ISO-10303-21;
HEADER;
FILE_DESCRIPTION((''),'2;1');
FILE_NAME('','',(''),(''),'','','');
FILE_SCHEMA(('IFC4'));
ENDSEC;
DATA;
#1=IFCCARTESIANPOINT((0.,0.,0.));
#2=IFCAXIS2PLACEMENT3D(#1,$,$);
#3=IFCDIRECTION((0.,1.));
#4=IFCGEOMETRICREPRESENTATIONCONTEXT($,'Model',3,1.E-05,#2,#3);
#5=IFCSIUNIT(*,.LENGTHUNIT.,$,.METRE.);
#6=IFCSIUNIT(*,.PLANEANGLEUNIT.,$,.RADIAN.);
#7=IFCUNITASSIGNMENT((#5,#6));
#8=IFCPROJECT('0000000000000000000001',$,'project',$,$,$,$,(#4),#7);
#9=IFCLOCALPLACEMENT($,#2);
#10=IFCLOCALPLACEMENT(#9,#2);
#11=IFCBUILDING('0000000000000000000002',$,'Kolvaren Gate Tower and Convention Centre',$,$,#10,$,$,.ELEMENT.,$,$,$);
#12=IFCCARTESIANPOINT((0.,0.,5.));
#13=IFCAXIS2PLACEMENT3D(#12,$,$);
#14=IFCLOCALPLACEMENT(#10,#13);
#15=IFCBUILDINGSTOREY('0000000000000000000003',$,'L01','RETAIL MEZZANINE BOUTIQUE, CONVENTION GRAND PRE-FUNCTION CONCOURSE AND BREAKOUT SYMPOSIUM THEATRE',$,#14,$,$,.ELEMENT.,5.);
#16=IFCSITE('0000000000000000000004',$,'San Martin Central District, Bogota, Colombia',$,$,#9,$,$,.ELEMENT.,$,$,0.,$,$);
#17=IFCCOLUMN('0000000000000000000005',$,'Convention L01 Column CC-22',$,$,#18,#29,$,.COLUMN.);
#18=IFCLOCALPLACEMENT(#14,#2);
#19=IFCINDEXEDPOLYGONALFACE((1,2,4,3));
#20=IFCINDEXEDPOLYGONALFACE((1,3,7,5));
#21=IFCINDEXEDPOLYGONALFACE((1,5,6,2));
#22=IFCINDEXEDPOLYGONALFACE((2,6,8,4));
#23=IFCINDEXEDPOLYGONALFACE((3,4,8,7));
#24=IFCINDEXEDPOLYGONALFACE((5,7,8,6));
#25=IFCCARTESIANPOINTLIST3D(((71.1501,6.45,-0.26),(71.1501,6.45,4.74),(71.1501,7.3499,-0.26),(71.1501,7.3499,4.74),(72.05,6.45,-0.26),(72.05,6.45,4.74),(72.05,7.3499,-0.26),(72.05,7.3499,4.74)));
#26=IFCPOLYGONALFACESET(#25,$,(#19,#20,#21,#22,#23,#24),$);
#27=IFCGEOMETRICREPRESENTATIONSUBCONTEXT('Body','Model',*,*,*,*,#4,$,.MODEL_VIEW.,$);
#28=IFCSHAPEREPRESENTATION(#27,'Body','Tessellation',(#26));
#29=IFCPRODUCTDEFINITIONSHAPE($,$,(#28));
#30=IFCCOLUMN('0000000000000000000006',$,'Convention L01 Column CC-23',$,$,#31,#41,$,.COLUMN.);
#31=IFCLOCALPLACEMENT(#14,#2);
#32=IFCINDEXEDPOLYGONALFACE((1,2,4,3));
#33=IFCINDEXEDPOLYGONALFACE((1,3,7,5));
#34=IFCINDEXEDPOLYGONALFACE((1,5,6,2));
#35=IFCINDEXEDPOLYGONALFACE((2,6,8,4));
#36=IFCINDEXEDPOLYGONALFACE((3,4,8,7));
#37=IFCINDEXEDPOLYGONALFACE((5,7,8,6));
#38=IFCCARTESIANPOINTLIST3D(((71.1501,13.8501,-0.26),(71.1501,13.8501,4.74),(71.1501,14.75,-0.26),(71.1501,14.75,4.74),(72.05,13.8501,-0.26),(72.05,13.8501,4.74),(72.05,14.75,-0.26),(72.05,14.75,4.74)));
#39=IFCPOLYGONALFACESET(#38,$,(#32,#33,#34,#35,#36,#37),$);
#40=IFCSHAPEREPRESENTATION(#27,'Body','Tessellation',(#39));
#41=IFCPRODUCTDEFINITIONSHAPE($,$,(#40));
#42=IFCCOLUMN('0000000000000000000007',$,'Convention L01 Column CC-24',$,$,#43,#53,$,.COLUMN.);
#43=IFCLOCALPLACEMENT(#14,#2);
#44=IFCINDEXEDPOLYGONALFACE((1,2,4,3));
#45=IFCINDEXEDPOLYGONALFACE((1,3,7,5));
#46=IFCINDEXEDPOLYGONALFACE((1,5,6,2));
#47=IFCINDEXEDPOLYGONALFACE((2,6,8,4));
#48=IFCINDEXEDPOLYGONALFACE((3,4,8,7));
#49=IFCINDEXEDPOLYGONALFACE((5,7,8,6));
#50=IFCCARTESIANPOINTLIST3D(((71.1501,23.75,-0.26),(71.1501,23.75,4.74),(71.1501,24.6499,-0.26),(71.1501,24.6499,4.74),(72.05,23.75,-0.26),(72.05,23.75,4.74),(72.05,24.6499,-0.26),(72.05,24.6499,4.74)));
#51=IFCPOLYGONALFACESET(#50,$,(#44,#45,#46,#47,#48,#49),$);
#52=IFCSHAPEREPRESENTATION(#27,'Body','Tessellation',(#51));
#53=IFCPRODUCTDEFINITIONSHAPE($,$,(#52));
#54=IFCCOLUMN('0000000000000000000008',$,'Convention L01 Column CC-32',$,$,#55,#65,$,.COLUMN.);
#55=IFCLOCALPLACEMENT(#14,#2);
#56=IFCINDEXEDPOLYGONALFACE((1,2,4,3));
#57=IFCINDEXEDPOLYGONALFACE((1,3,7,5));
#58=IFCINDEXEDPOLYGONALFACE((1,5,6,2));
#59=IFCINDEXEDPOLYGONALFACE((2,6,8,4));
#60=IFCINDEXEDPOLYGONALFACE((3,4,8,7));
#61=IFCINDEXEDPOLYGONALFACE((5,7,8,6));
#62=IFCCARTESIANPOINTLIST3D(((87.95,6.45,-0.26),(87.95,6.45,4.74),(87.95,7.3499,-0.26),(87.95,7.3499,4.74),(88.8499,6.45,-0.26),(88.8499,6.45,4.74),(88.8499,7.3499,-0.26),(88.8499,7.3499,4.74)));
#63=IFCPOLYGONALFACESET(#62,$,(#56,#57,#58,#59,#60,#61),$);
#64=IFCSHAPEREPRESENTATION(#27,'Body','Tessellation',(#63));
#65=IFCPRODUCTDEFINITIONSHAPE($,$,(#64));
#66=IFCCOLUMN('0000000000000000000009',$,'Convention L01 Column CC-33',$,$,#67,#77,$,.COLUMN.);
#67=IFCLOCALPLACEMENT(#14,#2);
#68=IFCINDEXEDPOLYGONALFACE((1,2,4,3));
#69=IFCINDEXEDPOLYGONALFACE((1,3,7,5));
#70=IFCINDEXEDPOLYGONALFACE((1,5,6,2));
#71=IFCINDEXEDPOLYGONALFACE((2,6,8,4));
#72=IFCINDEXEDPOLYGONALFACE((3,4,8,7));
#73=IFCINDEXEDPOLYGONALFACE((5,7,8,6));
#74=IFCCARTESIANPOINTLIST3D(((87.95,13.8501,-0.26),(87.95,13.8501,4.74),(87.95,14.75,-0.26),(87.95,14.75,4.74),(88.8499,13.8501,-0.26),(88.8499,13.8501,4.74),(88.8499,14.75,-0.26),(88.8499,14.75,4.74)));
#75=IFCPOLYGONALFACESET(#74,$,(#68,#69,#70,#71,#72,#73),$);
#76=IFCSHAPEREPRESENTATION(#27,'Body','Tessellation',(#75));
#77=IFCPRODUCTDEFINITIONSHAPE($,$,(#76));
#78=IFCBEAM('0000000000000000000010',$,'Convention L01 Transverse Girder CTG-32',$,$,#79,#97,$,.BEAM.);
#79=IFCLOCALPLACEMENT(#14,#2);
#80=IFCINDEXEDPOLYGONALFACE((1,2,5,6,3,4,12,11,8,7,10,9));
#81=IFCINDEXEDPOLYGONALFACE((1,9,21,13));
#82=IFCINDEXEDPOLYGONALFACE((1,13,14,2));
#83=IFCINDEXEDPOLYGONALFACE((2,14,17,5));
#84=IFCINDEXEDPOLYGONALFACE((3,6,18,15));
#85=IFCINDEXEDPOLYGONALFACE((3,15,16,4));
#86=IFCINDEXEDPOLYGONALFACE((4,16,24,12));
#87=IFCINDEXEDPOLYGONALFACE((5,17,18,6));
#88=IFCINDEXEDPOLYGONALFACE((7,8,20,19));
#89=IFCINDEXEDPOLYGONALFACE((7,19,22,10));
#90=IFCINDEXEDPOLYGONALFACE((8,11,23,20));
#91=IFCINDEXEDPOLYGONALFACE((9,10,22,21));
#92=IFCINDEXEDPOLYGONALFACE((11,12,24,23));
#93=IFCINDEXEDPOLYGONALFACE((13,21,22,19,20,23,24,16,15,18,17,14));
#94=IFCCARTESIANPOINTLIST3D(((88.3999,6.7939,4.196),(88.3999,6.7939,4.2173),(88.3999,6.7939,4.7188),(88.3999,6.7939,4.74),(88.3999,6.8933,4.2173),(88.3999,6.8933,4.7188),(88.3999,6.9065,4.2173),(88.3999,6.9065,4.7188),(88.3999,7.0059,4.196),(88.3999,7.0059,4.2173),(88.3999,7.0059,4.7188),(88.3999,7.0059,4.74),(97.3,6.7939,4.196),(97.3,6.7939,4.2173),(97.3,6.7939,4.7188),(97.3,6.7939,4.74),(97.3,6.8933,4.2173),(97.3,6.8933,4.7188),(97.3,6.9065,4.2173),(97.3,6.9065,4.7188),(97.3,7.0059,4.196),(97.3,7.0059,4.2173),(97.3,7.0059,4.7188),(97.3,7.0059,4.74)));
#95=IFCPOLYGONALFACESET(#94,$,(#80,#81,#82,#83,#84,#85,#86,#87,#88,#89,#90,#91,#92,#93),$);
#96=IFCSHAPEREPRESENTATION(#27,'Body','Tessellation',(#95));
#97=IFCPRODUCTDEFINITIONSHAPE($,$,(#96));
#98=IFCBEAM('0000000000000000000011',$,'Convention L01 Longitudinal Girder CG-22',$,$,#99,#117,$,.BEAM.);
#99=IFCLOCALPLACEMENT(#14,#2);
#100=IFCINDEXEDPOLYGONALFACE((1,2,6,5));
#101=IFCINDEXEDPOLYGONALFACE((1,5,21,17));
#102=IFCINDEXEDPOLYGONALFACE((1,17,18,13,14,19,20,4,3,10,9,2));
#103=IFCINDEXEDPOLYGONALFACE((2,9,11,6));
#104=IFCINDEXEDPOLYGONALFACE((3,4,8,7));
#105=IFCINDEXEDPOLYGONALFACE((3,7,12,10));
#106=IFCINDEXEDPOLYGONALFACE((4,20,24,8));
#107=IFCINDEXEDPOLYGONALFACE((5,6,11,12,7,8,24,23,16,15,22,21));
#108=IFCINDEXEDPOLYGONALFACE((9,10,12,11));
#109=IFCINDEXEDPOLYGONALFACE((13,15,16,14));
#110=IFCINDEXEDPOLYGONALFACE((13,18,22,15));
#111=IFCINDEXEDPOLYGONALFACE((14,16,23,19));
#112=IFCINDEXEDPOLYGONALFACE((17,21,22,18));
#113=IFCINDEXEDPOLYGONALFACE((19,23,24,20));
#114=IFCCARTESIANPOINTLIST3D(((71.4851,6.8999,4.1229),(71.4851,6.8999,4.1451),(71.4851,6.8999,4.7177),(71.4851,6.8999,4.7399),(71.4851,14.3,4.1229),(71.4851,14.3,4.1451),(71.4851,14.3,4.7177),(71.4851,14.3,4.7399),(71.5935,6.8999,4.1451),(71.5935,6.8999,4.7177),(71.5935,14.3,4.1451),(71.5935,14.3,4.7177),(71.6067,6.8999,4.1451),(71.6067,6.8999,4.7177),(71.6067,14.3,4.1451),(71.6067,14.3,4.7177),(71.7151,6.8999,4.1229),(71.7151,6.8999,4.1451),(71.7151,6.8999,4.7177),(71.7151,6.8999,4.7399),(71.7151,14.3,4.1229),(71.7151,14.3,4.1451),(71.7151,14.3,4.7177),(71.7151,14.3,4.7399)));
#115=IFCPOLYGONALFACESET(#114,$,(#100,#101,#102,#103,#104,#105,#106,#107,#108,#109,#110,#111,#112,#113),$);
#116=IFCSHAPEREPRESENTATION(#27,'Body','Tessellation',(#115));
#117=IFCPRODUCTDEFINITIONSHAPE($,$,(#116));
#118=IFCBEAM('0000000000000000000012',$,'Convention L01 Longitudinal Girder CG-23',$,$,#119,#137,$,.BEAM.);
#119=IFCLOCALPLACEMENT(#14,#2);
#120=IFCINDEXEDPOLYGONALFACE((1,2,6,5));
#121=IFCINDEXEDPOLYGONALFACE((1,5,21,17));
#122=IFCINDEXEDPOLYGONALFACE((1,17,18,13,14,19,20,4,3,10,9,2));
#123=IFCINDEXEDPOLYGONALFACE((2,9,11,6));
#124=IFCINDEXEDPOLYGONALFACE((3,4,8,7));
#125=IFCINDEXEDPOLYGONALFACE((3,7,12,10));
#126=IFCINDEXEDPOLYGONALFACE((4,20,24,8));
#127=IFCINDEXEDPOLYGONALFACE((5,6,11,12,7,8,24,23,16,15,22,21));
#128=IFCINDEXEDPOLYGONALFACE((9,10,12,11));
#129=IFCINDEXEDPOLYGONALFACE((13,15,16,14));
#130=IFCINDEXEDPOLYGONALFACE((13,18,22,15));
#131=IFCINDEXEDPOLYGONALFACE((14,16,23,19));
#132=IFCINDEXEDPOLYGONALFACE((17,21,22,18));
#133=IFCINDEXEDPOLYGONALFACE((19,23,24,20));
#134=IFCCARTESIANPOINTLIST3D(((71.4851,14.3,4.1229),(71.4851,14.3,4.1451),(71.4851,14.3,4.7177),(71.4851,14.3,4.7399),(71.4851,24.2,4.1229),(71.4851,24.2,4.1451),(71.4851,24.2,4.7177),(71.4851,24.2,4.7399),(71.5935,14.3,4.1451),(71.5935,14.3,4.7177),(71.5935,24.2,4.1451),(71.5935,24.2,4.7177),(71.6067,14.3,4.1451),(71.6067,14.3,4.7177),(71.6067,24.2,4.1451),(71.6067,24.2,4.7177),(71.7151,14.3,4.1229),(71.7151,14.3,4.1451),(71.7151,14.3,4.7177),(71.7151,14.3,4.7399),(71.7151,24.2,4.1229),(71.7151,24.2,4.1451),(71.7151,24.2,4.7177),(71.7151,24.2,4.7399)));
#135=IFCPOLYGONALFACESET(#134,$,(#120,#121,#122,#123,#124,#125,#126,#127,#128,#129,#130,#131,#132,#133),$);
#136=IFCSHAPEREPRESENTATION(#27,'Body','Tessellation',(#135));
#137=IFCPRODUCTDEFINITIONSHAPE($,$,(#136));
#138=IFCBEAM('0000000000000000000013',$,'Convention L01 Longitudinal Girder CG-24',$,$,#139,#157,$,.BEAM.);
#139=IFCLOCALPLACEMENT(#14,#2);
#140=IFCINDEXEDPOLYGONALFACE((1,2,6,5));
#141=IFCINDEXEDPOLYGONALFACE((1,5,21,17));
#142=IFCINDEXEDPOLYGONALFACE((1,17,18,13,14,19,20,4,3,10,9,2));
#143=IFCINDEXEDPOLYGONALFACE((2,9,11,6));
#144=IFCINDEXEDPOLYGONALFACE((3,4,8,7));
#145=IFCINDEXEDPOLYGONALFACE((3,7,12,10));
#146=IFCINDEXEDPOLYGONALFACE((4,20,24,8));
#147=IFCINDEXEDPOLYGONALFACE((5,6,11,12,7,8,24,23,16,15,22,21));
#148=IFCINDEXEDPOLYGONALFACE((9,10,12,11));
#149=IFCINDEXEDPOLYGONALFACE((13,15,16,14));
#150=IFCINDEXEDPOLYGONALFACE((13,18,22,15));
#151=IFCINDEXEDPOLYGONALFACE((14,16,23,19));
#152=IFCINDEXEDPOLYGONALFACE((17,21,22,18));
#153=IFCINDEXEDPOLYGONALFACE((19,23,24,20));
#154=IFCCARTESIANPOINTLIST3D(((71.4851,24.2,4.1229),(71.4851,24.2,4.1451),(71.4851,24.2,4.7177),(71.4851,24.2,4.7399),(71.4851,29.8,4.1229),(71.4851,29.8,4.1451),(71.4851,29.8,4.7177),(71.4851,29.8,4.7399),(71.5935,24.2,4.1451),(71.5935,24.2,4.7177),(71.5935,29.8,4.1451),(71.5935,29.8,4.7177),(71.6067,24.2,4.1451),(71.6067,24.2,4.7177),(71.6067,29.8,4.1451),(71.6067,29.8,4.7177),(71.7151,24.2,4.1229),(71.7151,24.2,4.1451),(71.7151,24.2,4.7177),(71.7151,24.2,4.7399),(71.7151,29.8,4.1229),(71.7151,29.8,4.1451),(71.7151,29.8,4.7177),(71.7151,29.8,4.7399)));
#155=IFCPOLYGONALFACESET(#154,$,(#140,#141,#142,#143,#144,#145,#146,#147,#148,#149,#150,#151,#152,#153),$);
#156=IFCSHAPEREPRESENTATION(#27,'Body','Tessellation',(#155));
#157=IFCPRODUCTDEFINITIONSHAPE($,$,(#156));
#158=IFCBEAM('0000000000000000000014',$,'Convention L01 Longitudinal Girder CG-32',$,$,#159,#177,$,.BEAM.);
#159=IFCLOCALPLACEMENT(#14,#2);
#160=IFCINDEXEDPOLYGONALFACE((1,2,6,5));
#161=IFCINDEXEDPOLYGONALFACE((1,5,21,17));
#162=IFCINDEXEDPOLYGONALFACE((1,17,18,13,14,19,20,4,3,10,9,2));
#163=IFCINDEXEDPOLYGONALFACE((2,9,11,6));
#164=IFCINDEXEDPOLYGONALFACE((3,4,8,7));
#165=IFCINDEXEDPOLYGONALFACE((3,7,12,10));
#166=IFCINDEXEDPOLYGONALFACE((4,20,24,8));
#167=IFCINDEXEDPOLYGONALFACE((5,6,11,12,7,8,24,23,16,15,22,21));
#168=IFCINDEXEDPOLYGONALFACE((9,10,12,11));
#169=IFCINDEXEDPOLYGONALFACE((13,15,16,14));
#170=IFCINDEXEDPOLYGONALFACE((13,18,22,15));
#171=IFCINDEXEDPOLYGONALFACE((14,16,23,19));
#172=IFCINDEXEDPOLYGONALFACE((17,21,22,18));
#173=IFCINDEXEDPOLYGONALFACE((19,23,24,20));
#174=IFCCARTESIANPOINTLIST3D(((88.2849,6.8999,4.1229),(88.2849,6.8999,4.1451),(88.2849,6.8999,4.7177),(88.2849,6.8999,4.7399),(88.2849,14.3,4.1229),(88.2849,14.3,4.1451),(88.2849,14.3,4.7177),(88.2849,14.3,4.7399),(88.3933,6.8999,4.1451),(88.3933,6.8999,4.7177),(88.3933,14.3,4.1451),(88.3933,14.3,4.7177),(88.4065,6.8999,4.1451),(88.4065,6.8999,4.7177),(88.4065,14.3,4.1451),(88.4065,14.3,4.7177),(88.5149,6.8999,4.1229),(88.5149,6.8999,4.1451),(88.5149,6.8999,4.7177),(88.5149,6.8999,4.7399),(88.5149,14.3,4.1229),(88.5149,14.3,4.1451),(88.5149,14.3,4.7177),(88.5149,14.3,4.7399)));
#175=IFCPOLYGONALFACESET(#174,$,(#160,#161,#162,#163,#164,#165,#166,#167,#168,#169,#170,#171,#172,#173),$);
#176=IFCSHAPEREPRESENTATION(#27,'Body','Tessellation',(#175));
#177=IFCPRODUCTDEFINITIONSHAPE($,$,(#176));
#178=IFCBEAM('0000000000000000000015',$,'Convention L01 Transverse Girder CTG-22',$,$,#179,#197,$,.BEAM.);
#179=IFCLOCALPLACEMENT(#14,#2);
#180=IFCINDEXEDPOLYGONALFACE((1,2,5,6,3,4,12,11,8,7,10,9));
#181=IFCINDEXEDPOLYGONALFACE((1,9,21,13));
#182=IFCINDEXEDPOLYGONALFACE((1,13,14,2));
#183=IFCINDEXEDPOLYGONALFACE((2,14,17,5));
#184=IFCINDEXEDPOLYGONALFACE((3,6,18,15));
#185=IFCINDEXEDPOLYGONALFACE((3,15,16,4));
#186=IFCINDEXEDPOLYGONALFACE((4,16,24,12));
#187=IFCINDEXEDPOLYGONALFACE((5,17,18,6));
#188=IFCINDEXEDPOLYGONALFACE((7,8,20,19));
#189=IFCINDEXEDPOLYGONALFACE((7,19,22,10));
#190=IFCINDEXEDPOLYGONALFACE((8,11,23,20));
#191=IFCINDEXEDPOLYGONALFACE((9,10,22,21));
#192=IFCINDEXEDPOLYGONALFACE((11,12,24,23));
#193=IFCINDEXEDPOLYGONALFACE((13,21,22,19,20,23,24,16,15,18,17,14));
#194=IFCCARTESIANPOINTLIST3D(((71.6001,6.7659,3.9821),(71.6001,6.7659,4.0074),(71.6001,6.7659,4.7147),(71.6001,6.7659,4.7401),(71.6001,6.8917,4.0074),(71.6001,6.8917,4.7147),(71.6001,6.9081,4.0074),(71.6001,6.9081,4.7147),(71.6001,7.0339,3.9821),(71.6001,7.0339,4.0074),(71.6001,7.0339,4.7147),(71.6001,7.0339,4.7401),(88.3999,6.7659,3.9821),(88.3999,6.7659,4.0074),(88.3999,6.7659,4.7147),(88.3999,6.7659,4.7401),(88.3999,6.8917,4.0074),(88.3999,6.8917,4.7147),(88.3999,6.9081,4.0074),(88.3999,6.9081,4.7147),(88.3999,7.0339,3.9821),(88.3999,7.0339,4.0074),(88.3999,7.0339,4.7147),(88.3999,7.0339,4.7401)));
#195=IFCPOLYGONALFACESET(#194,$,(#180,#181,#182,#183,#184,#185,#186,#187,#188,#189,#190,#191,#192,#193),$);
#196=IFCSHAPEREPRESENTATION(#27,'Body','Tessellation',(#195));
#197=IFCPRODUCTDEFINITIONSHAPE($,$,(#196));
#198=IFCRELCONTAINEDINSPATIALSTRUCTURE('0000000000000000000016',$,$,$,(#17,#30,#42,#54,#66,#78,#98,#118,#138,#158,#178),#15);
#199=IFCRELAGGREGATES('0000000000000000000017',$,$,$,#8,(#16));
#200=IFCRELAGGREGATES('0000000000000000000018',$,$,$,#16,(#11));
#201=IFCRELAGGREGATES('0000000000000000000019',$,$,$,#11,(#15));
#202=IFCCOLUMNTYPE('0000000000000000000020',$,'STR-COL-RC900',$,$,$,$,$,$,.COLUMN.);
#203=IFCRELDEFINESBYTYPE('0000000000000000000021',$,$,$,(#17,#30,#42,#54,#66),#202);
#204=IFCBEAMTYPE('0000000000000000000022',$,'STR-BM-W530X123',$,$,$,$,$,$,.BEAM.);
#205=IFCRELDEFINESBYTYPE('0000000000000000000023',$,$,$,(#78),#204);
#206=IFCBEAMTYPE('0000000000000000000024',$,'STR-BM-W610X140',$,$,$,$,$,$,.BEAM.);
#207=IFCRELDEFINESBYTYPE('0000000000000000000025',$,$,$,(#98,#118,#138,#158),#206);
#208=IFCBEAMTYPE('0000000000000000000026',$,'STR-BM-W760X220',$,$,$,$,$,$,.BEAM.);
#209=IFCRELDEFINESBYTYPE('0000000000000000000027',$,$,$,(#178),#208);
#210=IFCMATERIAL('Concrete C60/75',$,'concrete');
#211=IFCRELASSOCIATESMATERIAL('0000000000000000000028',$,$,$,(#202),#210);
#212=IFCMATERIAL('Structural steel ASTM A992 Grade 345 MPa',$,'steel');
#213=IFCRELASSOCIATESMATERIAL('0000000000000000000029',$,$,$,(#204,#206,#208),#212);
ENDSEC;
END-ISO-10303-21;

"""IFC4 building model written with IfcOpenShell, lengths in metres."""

from ifc_helpers import new_model, si_unit, direction, frame, origin, origin_2d, place, context, subcontext, project, spatial, rectangle, i_section, extrude, material, material_profile, profile_set, type_object, element, save


model = new_model("IFC4")

# Units and contexts
model_context = context("Model", 3, precision=1e-05, world=origin(), true_north=direction((0.0, 1.0)))
body_context = subcontext(model_context, "Body", "Model", "MODEL_VIEW")
ifc_project = project(units=[si_unit("LENGTHUNIT", "METRE"), si_unit("PLANEANGLEUNIT", "RADIAN")], contexts=[model_context])

# Site, building, storey
site_placement = place(None, origin())
site = spatial("IfcSite", under=ifc_project, at=site_placement, Name="San Martin Central District, Bogota, Colombia", CompositionType="ELEMENT", RefElevation=0.0)
building_placement = place(site_placement, origin())
building = spatial("IfcBuilding", under=site, at=building_placement, Name="Kolvaren Gate Tower and Convention Centre", CompositionType="ELEMENT")
storey_placement = place(building_placement, frame((0.0, 0.0, 5.0)))
storey = spatial("IfcBuildingStorey", under=building, at=storey_placement, Name="L01", Description="RETAIL MEZZANINE BOUTIQUE, CONVENTION GRAND PRE-FUNCTION CONCOURSE AND BREAKOUT SYMPOSIUM THEATRE", CompositionType="ELEMENT", Elevation=5.0)

# Columns
ifc_material_1 = material(Name="Concrete C60/75", Category="concrete")
ifc_material_profile_1 = material_profile(ifc_material_1, rectangle(XDim=0.8999, YDim=0.8999, at=origin_2d()), Name="RC-COL-900X900")
ifc_profile_set_1 = profile_set([ifc_material_profile_1], Name="Concrete C60/75")
column_type = type_object("IfcColumnType", Name="STR-COL-RC900", PredefinedType="COLUMN", material=ifc_profile_set_1)
for number, where, z_axis, x_axis, name in (
    (1, (71.6001, 6.8999, -0.26), (0.0, 0.0, 1.0), (1.0, 0.0, 0.0), "Convention L01 Column CC-22"),
    (2, (71.6001, 14.3, -0.26), (0.0, 0.0, 1.0), (1.0, 0.0, 0.0), "Convention L01 Column CC-23"),
    (3, (71.6001, 24.2, -0.26), (0.0, 0.0, 1.0), (1.0, 0.0, 0.0), "Convention L01 Column CC-24"),
    (4, (88.3999, 6.8999, -0.26), (0.0, 0.0, 1.0), (1.0, 0.0, 0.0), "Convention L01 Column CC-32"),
    (5, (88.3999, 14.3, -0.26), (0.0, 0.0, 1.0), (1.0, 0.0, 0.0), "Convention L01 Column CC-33"),
):
    element("IfcColumn", number, at=place(storey_placement, frame(where, z_axis=z_axis, x_axis=x_axis)), inside=storey, type_object=column_type, Name=name, PredefinedType="COLUMN", context=body_context, shape_type="SweptSolid", body=[
        extrude(rectangle(XDim=0.8999, YDim=0.8999, at=origin_2d()), origin(), (0.0, 0.0, 1.0), 5.0),
    ])

# Beams
ifc_material_2 = material(Name="Structural steel ASTM A992 Grade 345 MPa", Category="steel")
ifc_material_profile_2 = material_profile(ifc_material_2, i_section(OverallWidth=0.2119, OverallDepth=0.5439, WebThickness=0.0132, FlangeThickness=0.0212, at=origin_2d()), Name="W530X123")
ifc_profile_set_2 = profile_set([ifc_material_profile_2], Name="Structural steel ASTM A992 Grade 345 MPa")
beam_type_1 = type_object("IfcBeamType", Name="STR-BM-W530X123", PredefinedType="BEAM", material=ifc_profile_set_2)
beam_1_placement = place(storey_placement, frame((88.3999, 6.8999, 4.468), z_axis=(1.0, 0.0, 0.0), x_axis=(0.0, 1.0, 0.0)))
element("IfcBeam", 6, at=beam_1_placement, inside=storey, type_object=beam_type_1, Name="Convention L01 Transverse Girder CTG-32", PredefinedType="BEAM", context=body_context, shape_type="SweptSolid", body=[
    extrude(i_section(OverallWidth=0.2119, OverallDepth=0.5439, WebThickness=0.0132, FlangeThickness=0.0212, at=origin_2d()), origin(), (0.0, 0.0, 1.0), 8.9001),
])
ifc_material_profile_3 = material_profile(ifc_material_2, i_section(OverallWidth=0.23, OverallDepth=0.6169, WebThickness=0.0132, FlangeThickness=0.0222, at=origin_2d()), Name="W610X140")
ifc_profile_set_3 = profile_set([ifc_material_profile_3], Name="Structural steel ASTM A992 Grade 345 MPa")
beam_type_2 = type_object("IfcBeamType", Name="STR-BM-W610X140", PredefinedType="BEAM", material=ifc_profile_set_3)
beam_2_placement = place(storey_placement, frame((71.6001, 6.8999, 4.4314), z_axis=(0.0, 1.0, 0.0), x_axis=(-1.0, 0.0, 0.0)))
element("IfcBeam", 7, at=beam_2_placement, inside=storey, type_object=beam_type_2, Name="Convention L01 Longitudinal Girder CG-22", PredefinedType="BEAM", context=body_context, shape_type="SweptSolid", body=[
    extrude(i_section(OverallWidth=0.23, OverallDepth=0.6169, WebThickness=0.0132, FlangeThickness=0.0222, at=origin_2d()), origin(), (0.0, 0.0, 1.0), 7.4001),
])
beam_3_placement = place(storey_placement, frame((71.6001, 14.3, 4.4314), z_axis=(0.0, 1.0, 0.0), x_axis=(-1.0, 0.0, 0.0)))
element("IfcBeam", 8, at=beam_3_placement, inside=storey, type_object=beam_type_2, Name="Convention L01 Longitudinal Girder CG-23", PredefinedType="BEAM", context=body_context, shape_type="SweptSolid", body=[
    extrude(i_section(OverallWidth=0.23, OverallDepth=0.6169, WebThickness=0.0132, FlangeThickness=0.0222, at=origin_2d()), origin(), (0.0, 0.0, 1.0), 9.8999),
])
beam_4_placement = place(storey_placement, frame((71.6001, 24.2, 4.4314), z_axis=(0.0, 1.0, 0.0), x_axis=(-1.0, 0.0, 0.0)))
element("IfcBeam", 9, at=beam_4_placement, inside=storey, type_object=beam_type_2, Name="Convention L01 Longitudinal Girder CG-24", PredefinedType="BEAM", context=body_context, shape_type="SweptSolid", body=[
    extrude(i_section(OverallWidth=0.23, OverallDepth=0.6169, WebThickness=0.0132, FlangeThickness=0.0222, at=origin_2d()), origin(), (0.0, 0.0, 1.0), 5.6001),
])
beam_5_placement = place(storey_placement, frame((88.3999, 6.8999, 4.4314), z_axis=(0.0, 1.0, 0.0), x_axis=(-1.0, 0.0, 0.0)))
element("IfcBeam", 10, at=beam_5_placement, inside=storey, type_object=beam_type_2, Name="Convention L01 Longitudinal Girder CG-32", PredefinedType="BEAM", context=body_context, shape_type="SweptSolid", body=[
    extrude(i_section(OverallWidth=0.23, OverallDepth=0.6169, WebThickness=0.0132, FlangeThickness=0.0222, at=origin_2d()), origin(), (0.0, 0.0, 1.0), 7.4001),
])
ifc_material_profile_4 = material_profile(ifc_material_2, i_section(OverallWidth=0.2681, OverallDepth=0.7581, WebThickness=0.0164, FlangeThickness=0.0254, at=origin_2d()), Name="W760X220")
ifc_profile_set_4 = profile_set([ifc_material_profile_4], Name="Structural steel ASTM A992 Grade 345 MPa")
beam_type_3 = type_object("IfcBeamType", Name="STR-BM-W760X220", PredefinedType="BEAM", material=ifc_profile_set_4)
for number, where, z_axis, x_axis, name in (
    (11, (71.6001, 6.8999, 4.3611), (1.0, 0.0, 0.0), (0.0, 1.0, 0.0), "Convention L01 Transverse Girder CTG-22"),
):
    element("IfcBeam", number, at=place(storey_placement, frame(where, z_axis=z_axis, x_axis=x_axis)), inside=storey, type_object=beam_type_3, Name=name, PredefinedType="BEAM", context=body_context, shape_type="SweptSolid", body=[
        extrude(i_section(OverallWidth=0.2681, OverallDepth=0.7581, WebThickness=0.0164, FlangeThickness=0.0254, at=origin_2d()), origin(), (0.0, 0.0, 1.0), 16.7998),
    ])

save(model, "model.ifc")
